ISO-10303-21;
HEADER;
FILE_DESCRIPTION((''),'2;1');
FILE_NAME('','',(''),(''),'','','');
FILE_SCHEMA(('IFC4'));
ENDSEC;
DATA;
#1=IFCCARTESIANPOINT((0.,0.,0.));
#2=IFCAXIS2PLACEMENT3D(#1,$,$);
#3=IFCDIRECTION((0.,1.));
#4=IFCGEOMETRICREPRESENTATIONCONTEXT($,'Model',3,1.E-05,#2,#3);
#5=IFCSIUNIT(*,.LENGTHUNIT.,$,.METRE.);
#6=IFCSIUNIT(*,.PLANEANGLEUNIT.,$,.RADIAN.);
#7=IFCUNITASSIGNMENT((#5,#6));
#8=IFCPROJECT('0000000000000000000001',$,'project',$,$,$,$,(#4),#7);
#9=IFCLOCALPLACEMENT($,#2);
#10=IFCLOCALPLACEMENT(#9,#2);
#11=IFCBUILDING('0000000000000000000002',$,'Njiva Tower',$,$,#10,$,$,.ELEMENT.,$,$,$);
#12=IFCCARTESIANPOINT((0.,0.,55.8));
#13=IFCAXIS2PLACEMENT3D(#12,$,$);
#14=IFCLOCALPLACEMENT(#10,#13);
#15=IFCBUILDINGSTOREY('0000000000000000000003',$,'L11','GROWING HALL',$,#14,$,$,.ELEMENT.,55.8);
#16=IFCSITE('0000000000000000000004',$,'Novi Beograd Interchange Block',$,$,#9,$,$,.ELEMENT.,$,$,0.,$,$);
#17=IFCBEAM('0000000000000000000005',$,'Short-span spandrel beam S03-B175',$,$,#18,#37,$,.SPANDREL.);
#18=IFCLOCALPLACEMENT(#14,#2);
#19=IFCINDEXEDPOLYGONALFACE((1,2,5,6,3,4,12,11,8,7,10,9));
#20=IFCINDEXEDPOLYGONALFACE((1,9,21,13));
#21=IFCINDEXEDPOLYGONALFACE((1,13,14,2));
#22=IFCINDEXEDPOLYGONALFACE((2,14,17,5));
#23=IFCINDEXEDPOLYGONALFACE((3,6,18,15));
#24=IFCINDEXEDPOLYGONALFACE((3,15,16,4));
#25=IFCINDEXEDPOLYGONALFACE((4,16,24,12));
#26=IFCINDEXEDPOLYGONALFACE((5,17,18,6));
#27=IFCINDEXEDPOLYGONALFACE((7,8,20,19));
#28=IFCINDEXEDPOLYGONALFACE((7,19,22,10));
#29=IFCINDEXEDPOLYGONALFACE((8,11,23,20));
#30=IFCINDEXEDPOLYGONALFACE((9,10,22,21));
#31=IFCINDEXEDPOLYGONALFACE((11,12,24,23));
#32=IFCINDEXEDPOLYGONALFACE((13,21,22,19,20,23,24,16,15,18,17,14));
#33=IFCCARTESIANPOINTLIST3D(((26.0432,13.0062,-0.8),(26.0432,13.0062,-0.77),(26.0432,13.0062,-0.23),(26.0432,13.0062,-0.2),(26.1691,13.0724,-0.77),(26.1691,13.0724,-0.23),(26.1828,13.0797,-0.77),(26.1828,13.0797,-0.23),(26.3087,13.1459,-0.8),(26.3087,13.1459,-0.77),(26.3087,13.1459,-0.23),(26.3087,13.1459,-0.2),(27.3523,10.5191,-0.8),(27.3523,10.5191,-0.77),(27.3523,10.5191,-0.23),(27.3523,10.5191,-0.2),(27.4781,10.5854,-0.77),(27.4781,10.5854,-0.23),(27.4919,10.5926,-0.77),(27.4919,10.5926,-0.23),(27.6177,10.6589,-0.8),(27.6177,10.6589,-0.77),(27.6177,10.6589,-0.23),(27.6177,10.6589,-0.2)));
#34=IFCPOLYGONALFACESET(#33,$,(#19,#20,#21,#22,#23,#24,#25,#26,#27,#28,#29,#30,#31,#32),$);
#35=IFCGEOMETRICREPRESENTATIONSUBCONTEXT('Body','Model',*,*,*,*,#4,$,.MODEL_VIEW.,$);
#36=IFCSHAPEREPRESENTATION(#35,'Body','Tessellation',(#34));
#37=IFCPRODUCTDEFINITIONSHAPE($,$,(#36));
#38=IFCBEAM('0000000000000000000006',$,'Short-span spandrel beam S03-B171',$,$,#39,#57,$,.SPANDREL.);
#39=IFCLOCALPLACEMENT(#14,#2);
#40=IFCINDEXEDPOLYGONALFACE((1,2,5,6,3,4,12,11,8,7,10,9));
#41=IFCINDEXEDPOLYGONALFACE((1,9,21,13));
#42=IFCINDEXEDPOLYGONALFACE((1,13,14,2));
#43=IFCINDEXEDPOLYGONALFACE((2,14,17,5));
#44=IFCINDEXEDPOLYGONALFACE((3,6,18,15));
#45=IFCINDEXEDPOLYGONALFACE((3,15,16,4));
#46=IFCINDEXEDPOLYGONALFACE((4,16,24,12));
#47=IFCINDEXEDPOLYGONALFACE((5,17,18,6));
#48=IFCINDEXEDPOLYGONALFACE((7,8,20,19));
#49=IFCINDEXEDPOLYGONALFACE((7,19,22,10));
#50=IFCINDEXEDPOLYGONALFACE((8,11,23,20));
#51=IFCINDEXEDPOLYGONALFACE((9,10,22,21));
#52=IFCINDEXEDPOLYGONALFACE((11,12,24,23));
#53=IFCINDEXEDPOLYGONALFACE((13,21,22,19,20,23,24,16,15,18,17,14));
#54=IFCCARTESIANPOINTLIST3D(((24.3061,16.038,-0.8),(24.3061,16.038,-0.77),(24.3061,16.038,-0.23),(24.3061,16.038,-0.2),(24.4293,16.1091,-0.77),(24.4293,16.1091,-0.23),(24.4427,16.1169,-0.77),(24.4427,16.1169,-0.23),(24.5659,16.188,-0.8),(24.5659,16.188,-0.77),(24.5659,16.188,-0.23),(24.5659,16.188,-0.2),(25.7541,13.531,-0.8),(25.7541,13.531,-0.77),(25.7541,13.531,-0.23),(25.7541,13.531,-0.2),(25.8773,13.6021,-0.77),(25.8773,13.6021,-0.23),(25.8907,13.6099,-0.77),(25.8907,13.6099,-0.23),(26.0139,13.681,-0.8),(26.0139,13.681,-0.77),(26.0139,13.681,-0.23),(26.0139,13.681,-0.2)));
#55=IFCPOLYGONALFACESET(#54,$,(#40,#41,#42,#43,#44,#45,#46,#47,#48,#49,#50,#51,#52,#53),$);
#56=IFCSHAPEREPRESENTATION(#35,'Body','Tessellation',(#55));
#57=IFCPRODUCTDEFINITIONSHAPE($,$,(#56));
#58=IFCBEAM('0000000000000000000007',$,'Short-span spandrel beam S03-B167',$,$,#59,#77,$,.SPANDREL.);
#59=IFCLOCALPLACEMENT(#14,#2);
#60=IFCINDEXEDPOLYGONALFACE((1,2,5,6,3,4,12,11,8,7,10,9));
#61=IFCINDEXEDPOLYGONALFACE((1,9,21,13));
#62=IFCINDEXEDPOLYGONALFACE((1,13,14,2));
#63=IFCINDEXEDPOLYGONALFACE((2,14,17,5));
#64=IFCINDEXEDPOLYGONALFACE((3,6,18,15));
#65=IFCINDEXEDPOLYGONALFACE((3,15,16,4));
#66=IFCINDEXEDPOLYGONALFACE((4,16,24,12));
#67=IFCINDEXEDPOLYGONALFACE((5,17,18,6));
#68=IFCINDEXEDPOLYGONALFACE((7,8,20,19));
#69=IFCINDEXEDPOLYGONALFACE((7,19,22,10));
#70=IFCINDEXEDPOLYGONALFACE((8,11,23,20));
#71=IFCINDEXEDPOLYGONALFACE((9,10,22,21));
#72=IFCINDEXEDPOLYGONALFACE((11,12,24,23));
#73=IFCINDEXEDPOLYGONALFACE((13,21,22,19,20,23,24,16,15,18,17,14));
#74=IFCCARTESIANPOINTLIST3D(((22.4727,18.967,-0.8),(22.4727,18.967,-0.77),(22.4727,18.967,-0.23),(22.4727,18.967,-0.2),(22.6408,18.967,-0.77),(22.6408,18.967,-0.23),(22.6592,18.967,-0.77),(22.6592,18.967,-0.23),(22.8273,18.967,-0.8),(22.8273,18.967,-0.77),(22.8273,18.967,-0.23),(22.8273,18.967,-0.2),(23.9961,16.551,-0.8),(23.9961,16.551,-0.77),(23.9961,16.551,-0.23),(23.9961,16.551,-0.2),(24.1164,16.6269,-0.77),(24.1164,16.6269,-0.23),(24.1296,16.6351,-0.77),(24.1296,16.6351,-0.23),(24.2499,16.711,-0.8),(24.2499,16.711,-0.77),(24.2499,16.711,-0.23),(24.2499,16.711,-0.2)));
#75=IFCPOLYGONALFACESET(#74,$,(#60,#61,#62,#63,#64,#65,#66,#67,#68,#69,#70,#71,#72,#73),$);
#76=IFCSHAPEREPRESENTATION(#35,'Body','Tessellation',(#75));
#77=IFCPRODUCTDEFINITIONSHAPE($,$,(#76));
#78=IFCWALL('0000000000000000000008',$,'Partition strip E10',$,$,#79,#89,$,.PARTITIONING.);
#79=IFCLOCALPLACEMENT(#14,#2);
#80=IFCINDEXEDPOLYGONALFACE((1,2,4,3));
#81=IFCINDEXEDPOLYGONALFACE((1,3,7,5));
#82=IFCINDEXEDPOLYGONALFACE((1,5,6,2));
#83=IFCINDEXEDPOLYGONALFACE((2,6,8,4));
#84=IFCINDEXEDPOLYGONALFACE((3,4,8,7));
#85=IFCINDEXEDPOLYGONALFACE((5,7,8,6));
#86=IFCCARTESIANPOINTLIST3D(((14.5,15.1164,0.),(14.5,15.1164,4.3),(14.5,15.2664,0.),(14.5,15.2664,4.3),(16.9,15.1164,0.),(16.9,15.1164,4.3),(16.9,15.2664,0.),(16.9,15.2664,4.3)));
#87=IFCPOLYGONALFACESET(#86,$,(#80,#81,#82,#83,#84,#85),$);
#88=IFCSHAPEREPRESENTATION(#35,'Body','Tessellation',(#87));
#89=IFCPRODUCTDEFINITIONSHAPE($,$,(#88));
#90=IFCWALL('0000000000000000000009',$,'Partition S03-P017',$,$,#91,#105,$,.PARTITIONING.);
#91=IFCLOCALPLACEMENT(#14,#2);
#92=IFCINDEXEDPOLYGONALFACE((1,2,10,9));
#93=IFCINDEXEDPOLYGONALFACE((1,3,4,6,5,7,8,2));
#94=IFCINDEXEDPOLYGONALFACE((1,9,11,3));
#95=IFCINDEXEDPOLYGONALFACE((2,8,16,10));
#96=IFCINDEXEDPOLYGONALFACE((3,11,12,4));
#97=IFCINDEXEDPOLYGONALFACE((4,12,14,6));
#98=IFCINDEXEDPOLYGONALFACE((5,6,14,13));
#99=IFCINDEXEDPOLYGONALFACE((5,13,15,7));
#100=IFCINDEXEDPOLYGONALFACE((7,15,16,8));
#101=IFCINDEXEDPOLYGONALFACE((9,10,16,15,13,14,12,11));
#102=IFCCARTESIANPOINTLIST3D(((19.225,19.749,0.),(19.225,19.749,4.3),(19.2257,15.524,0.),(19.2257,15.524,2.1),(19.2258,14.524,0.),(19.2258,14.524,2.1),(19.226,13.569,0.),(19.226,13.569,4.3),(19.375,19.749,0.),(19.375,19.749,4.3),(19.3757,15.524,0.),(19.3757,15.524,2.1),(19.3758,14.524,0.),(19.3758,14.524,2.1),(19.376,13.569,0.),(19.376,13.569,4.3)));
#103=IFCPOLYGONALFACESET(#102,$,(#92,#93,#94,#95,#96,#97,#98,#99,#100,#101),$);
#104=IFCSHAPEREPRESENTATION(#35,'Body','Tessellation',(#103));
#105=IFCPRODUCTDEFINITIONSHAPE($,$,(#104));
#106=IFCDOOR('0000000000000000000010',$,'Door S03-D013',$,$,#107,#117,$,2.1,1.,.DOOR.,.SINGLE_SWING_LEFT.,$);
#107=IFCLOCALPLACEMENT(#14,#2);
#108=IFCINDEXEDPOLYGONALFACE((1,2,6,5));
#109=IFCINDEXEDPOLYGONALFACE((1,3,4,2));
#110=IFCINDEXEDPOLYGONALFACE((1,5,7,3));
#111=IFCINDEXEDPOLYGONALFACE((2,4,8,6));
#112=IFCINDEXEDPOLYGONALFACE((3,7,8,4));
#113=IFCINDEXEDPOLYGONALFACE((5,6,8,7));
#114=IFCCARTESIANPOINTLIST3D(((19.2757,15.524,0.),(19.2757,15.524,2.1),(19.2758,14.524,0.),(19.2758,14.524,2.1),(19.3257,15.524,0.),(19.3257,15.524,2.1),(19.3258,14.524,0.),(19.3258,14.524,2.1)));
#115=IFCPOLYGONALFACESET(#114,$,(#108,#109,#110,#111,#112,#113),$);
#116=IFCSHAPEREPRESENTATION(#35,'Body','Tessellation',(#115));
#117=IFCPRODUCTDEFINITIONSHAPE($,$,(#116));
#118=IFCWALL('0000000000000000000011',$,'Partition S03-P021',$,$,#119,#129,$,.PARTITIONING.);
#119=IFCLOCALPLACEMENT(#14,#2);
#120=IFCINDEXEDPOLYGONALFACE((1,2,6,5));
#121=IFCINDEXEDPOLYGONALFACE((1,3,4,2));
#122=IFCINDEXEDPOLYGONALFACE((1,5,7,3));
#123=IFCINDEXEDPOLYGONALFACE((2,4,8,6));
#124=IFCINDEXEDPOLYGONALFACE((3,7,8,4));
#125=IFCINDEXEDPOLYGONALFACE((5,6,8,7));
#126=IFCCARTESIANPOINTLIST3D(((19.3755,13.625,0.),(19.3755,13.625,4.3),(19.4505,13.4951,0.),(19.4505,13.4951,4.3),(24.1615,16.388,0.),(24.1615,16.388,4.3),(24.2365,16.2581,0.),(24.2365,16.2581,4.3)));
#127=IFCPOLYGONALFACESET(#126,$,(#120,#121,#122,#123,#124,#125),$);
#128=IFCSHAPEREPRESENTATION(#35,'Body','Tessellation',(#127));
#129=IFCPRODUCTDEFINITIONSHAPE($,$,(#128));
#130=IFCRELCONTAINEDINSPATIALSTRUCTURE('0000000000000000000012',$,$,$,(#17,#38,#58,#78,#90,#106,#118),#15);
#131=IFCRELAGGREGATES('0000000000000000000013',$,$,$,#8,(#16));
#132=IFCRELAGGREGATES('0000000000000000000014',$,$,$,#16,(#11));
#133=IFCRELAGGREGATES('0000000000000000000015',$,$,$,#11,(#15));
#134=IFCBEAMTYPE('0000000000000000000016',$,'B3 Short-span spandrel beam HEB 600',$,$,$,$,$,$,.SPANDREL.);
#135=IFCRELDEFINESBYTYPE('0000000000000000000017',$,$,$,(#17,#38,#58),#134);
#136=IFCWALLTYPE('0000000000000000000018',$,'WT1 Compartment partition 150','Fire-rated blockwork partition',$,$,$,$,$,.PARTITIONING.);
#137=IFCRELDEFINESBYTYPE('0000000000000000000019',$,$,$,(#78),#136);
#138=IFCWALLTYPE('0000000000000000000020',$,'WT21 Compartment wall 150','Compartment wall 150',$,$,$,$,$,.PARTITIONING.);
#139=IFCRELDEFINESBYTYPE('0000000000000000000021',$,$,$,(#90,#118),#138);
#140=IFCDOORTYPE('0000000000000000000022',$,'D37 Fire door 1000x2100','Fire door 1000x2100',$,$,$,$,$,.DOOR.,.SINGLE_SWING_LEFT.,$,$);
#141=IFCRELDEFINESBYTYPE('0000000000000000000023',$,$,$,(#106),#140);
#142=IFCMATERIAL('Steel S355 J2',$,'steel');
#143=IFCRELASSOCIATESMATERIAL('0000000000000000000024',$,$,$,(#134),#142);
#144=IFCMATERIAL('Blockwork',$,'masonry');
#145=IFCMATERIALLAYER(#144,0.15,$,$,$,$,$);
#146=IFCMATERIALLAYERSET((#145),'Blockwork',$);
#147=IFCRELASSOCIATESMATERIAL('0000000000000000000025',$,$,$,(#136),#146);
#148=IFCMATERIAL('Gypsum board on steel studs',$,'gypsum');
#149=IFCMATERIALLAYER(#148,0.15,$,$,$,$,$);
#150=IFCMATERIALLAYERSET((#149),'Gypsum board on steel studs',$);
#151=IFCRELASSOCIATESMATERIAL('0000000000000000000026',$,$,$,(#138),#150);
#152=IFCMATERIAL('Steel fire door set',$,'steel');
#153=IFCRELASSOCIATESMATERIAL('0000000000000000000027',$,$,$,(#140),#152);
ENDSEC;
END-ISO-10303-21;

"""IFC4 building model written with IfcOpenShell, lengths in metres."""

from ifc_helpers import new_model, si_unit, direction, frame, frame_2d, origin, origin_2d, place, context, subcontext, project, spatial, rectangle, i_section, extrude, clip, halfspace, material, layer, layer_set, material_profile, profile_set, type_object, element, fill, save


model = new_model("IFC4")

# Units and contexts
model_context = context("Model", 3, precision=1e-05, world=origin(), true_north=direction((0.0, 1.0)))
body_context = subcontext(model_context, "Body", "Model", "MODEL_VIEW")
ifc_project = project(units=[si_unit("LENGTHUNIT", "METRE"), si_unit("PLANEANGLEUNIT", "RADIAN")], contexts=[model_context])

# Site, building, storey
site_placement = place(None, origin())
site = spatial("IfcSite", under=ifc_project, at=site_placement, Name="Novi Beograd Interchange Block", CompositionType="ELEMENT", RefElevation=0.0)
building_placement = place(site_placement, origin())
building = spatial("IfcBuilding", under=site, at=building_placement, Name="Njiva Tower", CompositionType="ELEMENT")
storey_placement = place(building_placement, frame((0.0, 0.0, 55.8)))
storey = spatial("IfcBuildingStorey", under=building, at=storey_placement, Name="L11", Description="GROWING HALL", CompositionType="ELEMENT", Elevation=55.8)

# Shared definitions
ifc_material_1 = material(Name="Steel S355 J2", Category="steel")

# Beams
ifc_material_profile_1 = material_profile(ifc_material_1, i_section(OverallWidth=0.3, OverallDepth=0.6, WebThickness=0.0155, FlangeThickness=0.03, at=origin_2d()), Name="HEB 600")
ifc_profile_set_1 = profile_set([ifc_material_profile_1], Name="Steel S355 J2")
beam_type_1 = type_object("IfcBeamType", Name="B3 Short-span spandrel beam HEB 600", PredefinedType="SPANDREL", material=ifc_profile_set_1)
beam_1_placement = place(storey_placement, frame((27.485, 10.589, -0.5), z_axis=(-0.465761, 0.884911, 0.0), x_axis=(-0.884911, -0.465761, 0.0)))
element("IfcBeam", 1, at=beam_1_placement, inside=storey, type_object=beam_type_1, Name="Short-span spandrel beam S03-B175", PredefinedType="SPANDREL", context=body_context, shape_type="SweptSolid", body=[
    extrude(i_section(OverallWidth=0.3, OverallDepth=0.6, WebThickness=0.0155, FlangeThickness=0.03, at=origin_2d()), origin(), (0.0, 0.0, 1.0), 2.8105),
])
beam_2_placement = place(storey_placement, frame((25.884, 13.606, -0.5), z_axis=(-0.500151, 0.865938, 0.0), x_axis=(-0.865938, -0.500151, 0.0)))
element("IfcBeam", 2, at=beam_2_placement, inside=storey, type_object=beam_type_1, Name="Short-span spandrel beam S03-B171", PredefinedType="SPANDREL", context=body_context, shape_type="SweptSolid", body=[
    extrude(i_section(OverallWidth=0.3, OverallDepth=0.6, WebThickness=0.0155, FlangeThickness=0.03, at=origin_2d()), origin(), (0.0, 0.0, 1.0), 2.8951),
])
beam_3_placement = place(storey_placement, frame((24.123, 16.631, -0.5), z_axis=(-0.53338, 0.845876, 0.0), x_axis=(-0.845876, -0.53338, 0.0)))
element("IfcBeam", 3, at=beam_3_placement, inside=storey, type_object=beam_type_1, Name="Short-span spandrel beam S03-B167", PredefinedType="SPANDREL", context=body_context, shape_type="Clipping", body=[
    clip(extrude(i_section(OverallWidth=0.3, OverallDepth=0.6, WebThickness=0.0155, FlangeThickness=0.03, at=origin_2d()), origin(), (0.0, 0.0, 1.0), 2.8766), halfspace(frame((-0.027, 0.0, 2.7446), z_axis=(-0.53338, 0.0, 0.845876), x_axis=(0.0, 1.0, 0.0)), False)),
])

# Wall
ifc_material_2 = material(Name="Blockwork", Category="masonry")
ifc_layer_1 = layer(ifc_material_2, 0.15)
ifc_layer_set_1 = layer_set([ifc_layer_1], Name="Blockwork")
wall_type_1 = type_object("IfcWallType", Name="WT1 Compartment partition 150", Description="Fire-rated blockwork partition", PredefinedType="PARTITIONING", material=ifc_layer_set_1)
wall_1_placement = place(storey_placement, frame((14.5, 15.1914, 0.0), z_axis=(0.0, 0.0, 1.0), x_axis=(1.0, 0.0, 0.0)))
element("IfcWall", 4, at=wall_1_placement, inside=storey, type_object=wall_type_1, Name="Partition strip E10", PredefinedType="PARTITIONING", context=body_context, shape_type="SweptSolid", body=[
    extrude(rectangle(XDim=2.4, YDim=0.15, at=frame_2d((1.2, 0.0))), origin(), (0.0, 0.0, 1.0), 4.3),
])

# Wall, opening, door
ifc_material_3 = material(Name="Gypsum board on steel studs", Category="gypsum")
ifc_layer_2 = layer(ifc_material_3, 0.15)
ifc_layer_set_2 = layer_set([ifc_layer_2], Name="Gypsum board on steel studs")
wall_type_2 = type_object("IfcWallType", Name="WT21 Compartment wall 150", Description="Compartment wall 150", PredefinedType="PARTITIONING", material=ifc_layer_set_2)
wall_2_placement = place(storey_placement, frame((19.3, 19.749, 0.0), z_axis=(0.0, 0.0, 1.0), x_axis=(0.000162, -1.0, 0.0)))
wall_2 = element("IfcWall", 5, at=wall_2_placement, inside=storey, type_object=wall_type_2, Name="Partition S03-P017", PredefinedType="PARTITIONING", context=body_context, shape_type="SweptSolid", body=[
    extrude(rectangle(XDim=6.18, YDim=0.15, at=frame_2d((3.09, 0.0))), origin(), (0.0, 0.0, 1.0), 4.3),
])
opening_1_placement = place(wall_2_placement, frame((4.225, 0.0, 0.0)))
opening_1 = element("IfcOpeningElement", 6, at=opening_1_placement, cuts=wall_2, PredefinedType="OPENING", context=body_context, shape_type="SweptSolid", body=[
    extrude(rectangle(XDim=1.0, YDim=2.1, at=frame_2d((0.5, 1.05))), frame((0.0, 0.085, 0.0), z_axis=(0.0, -1.0, 0.0), x_axis=(1.0, 0.0, 0.0)), (0.0, 0.0, 1.0), 0.17),
])
ifc_material_4 = material(Name="Steel fire door set", Category="steel")
door_type = type_object("IfcDoorType", Name="D37 Fire door 1000x2100", Description="Fire door 1000x2100", OperationType="SINGLE_SWING_LEFT", PredefinedType="DOOR", material=ifc_material_4)
door_placement = place(opening_1_placement, origin())
door = element("IfcDoor", 7, at=door_placement, inside=storey, type_object=door_type, Name="Door S03-D013", OperationType="SINGLE_SWING_LEFT", OverallHeight=2.1, OverallWidth=1.0, PredefinedType="DOOR", context=body_context, shape_type="SweptSolid", body=[
    extrude(rectangle(XDim=1.0, YDim=2.1, at=frame_2d((0.5, 1.05))), frame((0.0, 0.025, 0.0), z_axis=(0.0, -1.0, 0.0), x_axis=(1.0, 0.0, 0.0)), (0.0, 0.0, 1.0), 0.05),
])
fill(opening_1, door)

# Wall
wall_3_placement = place(storey_placement, frame((19.413, 13.56, 0.0), z_axis=(0.0, 0.0, 1.0), x_axis=(0.866041, 0.499973, 0.0)))
element("IfcWall", 8, at=wall_3_placement, inside=storey, type_object=wall_type_2, Name="Partition S03-P021", PredefinedType="PARTITIONING", context=body_context, shape_type="SweptSolid", body=[
    extrude(rectangle(XDim=5.5263, YDim=0.15, at=frame_2d((2.7632, 0.0))), origin(), (0.0, 0.0, 1.0), 4.3),
])

save(model, "model.ifc")
